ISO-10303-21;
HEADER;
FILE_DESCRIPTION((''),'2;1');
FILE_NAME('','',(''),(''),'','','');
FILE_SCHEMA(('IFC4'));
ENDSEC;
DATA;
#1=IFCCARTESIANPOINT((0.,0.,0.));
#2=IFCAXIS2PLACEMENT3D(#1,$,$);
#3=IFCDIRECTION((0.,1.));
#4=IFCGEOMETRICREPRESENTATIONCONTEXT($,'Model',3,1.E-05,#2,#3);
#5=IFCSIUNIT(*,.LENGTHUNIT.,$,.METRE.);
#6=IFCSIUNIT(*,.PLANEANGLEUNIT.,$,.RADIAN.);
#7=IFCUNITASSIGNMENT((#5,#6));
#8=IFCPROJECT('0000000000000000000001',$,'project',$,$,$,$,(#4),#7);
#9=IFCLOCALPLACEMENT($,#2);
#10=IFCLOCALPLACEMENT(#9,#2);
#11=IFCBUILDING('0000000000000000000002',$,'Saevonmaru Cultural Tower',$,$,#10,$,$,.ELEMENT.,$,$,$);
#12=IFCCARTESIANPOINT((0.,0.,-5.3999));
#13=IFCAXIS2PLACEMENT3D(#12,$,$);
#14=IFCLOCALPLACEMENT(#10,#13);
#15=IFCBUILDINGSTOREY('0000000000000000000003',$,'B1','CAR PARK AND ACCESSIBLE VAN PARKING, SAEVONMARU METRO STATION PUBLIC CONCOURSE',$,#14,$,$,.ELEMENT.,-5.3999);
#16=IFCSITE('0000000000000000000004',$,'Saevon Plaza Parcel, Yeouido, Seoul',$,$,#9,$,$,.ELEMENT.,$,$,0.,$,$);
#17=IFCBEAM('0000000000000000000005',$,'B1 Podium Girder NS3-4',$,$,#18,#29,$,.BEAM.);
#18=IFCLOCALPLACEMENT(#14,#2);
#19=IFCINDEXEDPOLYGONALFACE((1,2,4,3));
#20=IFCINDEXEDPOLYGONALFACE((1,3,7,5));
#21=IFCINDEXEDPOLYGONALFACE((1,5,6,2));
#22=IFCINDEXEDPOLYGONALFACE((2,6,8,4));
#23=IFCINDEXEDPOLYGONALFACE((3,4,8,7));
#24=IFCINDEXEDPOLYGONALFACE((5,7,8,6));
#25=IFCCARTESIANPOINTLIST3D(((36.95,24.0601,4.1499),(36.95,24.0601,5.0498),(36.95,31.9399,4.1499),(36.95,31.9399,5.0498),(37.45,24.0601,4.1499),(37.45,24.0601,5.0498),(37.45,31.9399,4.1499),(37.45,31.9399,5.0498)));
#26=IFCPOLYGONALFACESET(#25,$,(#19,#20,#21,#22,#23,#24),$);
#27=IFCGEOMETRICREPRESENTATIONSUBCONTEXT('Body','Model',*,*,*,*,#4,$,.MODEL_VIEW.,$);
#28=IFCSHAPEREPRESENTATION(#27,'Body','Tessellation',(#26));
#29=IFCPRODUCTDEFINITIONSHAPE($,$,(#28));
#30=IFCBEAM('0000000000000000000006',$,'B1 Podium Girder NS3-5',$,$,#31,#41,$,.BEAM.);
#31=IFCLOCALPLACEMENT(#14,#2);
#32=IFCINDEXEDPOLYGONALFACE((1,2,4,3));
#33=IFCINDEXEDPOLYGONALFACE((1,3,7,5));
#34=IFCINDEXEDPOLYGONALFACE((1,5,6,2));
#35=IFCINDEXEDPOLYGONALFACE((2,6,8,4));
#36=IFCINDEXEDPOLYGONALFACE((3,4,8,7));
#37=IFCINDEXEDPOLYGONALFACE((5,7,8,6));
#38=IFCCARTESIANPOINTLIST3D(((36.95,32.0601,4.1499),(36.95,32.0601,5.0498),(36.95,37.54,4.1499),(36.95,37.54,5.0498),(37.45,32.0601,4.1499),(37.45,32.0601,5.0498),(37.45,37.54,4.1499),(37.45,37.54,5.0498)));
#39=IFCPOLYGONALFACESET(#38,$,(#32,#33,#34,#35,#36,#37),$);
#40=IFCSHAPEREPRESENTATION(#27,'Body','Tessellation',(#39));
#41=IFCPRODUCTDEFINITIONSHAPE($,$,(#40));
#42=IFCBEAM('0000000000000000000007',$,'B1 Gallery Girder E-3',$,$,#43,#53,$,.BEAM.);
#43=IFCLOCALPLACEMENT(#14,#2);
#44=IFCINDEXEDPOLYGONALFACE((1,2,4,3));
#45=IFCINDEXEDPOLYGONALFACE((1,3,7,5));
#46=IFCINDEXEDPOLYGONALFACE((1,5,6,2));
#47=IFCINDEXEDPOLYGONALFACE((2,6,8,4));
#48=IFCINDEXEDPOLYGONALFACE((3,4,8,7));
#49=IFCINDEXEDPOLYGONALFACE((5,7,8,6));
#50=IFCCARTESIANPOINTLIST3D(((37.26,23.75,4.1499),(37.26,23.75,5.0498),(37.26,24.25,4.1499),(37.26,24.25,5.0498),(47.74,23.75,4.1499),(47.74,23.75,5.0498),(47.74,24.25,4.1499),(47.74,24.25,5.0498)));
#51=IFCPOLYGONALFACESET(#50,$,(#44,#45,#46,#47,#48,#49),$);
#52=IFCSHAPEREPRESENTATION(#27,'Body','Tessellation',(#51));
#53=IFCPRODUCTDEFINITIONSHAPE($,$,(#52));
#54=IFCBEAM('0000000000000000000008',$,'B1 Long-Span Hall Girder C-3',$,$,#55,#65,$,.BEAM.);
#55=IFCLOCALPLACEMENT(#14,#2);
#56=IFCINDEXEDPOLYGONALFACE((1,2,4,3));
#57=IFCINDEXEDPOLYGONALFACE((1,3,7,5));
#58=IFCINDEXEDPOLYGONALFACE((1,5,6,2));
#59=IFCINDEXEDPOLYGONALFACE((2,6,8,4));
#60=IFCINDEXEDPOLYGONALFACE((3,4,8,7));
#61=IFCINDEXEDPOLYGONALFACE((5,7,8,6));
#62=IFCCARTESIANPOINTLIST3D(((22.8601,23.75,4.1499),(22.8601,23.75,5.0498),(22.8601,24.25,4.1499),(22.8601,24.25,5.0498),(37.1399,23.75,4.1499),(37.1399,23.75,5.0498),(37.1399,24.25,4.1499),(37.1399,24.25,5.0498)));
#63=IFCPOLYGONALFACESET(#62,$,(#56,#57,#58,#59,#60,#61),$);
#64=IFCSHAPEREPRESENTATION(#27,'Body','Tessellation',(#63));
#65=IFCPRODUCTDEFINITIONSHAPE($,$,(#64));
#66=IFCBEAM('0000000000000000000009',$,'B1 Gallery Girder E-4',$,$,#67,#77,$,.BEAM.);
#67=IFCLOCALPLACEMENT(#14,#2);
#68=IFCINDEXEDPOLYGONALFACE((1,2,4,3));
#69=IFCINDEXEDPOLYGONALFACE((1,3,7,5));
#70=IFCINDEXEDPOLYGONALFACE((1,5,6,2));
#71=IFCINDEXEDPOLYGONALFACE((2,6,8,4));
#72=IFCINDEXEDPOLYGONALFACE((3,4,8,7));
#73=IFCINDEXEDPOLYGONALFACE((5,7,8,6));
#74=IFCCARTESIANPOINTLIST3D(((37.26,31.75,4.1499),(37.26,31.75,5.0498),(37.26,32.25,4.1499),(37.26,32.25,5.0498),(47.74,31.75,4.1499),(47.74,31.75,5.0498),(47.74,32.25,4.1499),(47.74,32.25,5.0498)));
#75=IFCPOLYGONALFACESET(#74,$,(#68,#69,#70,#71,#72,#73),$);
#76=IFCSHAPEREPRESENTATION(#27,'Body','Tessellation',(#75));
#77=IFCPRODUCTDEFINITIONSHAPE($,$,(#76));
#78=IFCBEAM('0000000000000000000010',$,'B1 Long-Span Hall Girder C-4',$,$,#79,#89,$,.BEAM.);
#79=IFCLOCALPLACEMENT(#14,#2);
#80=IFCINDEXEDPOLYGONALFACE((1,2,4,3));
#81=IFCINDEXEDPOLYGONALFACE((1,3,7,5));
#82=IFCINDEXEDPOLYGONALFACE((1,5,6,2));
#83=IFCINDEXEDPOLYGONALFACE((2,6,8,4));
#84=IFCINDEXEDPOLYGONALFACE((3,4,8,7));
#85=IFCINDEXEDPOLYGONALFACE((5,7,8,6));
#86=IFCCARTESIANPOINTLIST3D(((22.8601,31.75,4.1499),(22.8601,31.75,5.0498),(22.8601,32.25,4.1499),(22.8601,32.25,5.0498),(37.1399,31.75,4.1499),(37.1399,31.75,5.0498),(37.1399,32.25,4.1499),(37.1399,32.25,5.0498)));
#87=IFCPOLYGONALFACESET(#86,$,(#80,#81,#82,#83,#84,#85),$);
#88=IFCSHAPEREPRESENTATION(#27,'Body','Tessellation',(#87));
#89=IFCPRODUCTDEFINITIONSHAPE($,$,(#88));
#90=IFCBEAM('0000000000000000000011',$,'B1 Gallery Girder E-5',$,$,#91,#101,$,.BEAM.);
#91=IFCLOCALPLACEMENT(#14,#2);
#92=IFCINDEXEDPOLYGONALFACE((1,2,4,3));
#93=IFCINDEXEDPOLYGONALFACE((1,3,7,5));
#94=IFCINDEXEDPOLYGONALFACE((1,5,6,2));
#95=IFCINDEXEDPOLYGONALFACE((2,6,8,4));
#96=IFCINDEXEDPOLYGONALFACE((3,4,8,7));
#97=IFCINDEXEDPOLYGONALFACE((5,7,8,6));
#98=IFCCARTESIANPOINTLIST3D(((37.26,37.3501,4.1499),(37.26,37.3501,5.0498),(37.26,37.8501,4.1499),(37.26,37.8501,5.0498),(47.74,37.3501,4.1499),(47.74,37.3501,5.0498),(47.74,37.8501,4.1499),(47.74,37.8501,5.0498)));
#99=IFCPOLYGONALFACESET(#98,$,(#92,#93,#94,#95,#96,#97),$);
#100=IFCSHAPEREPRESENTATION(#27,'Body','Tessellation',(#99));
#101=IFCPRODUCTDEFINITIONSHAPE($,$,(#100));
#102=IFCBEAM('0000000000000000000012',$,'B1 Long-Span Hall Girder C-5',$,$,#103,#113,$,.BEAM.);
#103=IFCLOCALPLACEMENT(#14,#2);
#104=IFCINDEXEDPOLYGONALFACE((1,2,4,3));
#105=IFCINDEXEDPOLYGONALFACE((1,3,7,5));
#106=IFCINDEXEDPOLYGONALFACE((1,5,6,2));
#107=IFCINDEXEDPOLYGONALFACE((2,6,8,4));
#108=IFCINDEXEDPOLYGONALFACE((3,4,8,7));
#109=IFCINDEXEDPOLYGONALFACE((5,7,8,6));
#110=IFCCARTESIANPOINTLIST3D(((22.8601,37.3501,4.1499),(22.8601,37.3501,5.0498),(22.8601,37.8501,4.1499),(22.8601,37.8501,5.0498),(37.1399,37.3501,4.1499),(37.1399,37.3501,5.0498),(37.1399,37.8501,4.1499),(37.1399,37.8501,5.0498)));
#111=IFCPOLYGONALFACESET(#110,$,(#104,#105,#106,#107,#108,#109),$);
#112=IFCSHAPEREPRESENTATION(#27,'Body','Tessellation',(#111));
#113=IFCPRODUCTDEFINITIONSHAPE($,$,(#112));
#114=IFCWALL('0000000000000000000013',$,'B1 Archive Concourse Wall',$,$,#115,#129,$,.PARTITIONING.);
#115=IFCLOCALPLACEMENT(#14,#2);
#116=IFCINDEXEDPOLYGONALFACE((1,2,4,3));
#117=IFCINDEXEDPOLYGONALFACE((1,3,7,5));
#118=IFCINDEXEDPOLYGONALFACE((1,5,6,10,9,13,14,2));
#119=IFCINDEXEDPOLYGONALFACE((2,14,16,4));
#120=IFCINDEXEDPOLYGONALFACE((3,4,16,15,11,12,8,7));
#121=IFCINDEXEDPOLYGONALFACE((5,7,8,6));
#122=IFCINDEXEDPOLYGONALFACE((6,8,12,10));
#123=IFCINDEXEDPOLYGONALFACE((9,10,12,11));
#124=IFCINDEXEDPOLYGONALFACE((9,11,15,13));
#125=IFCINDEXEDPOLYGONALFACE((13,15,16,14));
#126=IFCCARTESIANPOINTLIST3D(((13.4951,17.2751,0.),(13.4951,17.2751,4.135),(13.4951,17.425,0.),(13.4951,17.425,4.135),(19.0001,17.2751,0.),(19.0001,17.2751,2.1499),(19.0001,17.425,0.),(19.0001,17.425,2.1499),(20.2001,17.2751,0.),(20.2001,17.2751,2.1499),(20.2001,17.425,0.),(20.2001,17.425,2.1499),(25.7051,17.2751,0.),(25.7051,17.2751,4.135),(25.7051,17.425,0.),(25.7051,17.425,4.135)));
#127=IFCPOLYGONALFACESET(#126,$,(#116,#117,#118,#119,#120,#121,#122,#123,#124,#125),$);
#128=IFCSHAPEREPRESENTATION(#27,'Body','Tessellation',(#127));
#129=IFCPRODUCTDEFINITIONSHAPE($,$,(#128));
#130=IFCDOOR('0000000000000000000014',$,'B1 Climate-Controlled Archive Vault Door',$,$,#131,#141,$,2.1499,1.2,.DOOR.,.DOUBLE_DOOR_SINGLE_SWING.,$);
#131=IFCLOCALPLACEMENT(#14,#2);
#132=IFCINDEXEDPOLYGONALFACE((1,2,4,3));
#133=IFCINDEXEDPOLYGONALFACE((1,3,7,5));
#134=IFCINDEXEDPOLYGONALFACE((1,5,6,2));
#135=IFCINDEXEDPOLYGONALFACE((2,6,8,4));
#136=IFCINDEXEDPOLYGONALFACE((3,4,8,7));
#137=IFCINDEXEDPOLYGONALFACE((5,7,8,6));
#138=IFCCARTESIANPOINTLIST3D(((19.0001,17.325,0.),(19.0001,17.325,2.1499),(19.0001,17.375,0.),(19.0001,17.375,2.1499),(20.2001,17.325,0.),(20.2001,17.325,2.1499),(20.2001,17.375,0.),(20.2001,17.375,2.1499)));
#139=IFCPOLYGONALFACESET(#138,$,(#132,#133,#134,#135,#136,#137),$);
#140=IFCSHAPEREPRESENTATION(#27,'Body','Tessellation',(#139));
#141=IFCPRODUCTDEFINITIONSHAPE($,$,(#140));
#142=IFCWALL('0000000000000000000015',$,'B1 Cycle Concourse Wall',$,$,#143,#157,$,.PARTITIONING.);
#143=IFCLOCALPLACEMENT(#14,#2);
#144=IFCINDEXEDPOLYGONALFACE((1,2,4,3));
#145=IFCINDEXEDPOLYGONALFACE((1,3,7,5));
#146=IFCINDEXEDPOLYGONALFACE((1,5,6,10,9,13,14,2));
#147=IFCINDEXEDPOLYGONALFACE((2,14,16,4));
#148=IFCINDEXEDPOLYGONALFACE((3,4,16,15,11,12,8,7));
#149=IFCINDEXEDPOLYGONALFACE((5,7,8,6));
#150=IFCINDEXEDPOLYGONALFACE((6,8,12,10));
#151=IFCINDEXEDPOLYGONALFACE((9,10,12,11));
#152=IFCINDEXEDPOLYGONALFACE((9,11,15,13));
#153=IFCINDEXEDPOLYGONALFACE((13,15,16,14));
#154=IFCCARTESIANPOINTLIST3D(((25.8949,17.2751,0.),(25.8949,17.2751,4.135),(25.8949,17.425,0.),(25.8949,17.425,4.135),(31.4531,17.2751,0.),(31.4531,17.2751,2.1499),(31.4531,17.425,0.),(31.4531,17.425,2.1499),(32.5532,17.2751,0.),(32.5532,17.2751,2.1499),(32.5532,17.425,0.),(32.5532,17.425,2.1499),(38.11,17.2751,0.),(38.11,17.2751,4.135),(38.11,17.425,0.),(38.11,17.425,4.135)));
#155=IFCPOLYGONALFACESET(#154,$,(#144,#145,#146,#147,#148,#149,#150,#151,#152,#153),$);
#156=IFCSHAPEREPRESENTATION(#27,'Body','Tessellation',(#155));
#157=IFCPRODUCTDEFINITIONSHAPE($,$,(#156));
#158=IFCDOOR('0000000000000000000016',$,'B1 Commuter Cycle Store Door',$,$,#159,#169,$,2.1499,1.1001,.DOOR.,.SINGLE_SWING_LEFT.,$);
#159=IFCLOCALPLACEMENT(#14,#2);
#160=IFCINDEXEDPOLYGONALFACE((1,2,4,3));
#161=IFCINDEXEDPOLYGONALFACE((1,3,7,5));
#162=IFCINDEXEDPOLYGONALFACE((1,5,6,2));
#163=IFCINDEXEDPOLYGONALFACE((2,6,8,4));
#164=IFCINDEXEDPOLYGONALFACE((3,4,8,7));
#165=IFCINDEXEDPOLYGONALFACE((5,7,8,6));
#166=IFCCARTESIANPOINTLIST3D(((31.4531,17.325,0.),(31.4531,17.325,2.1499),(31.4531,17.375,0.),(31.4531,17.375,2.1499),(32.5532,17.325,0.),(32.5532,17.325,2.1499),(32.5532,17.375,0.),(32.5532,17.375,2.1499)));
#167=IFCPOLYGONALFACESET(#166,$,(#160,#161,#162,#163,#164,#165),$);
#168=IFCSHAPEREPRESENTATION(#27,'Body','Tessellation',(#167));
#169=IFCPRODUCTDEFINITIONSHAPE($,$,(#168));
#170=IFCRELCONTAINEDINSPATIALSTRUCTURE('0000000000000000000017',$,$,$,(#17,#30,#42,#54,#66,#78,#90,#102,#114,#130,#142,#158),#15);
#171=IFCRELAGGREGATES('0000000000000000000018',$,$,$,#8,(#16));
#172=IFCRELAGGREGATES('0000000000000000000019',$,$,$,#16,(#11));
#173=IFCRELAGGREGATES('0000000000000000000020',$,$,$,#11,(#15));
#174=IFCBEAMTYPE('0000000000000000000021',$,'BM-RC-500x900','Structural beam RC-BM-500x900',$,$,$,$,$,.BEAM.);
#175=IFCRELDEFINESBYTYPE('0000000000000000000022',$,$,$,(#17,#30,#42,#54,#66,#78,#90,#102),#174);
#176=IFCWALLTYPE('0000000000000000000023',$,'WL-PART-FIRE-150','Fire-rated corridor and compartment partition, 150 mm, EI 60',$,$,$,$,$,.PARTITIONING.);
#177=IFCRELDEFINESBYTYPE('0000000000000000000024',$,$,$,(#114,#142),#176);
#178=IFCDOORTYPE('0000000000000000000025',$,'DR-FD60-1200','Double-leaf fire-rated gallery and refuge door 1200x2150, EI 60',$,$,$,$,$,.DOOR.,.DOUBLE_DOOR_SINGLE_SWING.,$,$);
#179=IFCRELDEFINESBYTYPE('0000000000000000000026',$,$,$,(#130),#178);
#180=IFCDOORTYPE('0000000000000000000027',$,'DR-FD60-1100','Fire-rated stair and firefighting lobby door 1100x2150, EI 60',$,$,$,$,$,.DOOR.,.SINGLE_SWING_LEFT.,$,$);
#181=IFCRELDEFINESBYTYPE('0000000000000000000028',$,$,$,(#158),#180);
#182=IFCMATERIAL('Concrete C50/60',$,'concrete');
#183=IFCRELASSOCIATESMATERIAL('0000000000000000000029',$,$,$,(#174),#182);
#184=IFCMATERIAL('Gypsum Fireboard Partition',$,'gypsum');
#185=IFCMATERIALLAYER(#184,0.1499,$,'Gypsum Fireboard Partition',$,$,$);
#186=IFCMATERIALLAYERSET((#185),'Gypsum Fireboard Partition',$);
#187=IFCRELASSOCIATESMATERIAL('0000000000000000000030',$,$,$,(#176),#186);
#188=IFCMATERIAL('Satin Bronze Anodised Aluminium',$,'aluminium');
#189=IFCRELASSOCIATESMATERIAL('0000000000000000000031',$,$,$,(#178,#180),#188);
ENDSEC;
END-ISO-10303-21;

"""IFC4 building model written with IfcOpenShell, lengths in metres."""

from ifc_helpers import new_model, si_unit, direction, frame, frame_2d, origin, origin_2d, place, context, subcontext, project, spatial, rectangle, extrude, material, layer, layer_set, material_profile, profile_set, type_object, element, fill, save


model = new_model("IFC4")

# Units and contexts
model_context = context("Model", 3, precision=1e-05, world=origin(), true_north=direction((0.0, 1.0)))
body_context = subcontext(model_context, "Body", "Model", "MODEL_VIEW")
ifc_project = project(units=[si_unit("LENGTHUNIT", "METRE"), si_unit("PLANEANGLEUNIT", "RADIAN")], contexts=[model_context])

# Site, building, storey
site_placement = place(None, origin())
site = spatial("IfcSite", under=ifc_project, at=site_placement, Name="Saevon Plaza Parcel, Yeouido, Seoul", CompositionType="ELEMENT", RefElevation=0.0)
building_placement = place(site_placement, origin())
building = spatial("IfcBuilding", under=site, at=building_placement, Name="Saevonmaru Cultural Tower", CompositionType="ELEMENT")
storey_placement = place(building_placement, frame((0.0, 0.0, -5.3999)))
storey = spatial("IfcBuildingStorey", under=building, at=storey_placement, Name="B1", Description="CAR PARK AND ACCESSIBLE VAN PARKING, SAEVONMARU METRO STATION PUBLIC CONCOURSE", CompositionType="ELEMENT", Elevation=-5.3999)

# Beams
ifc_material_1 = material(Name="Concrete C50/60", Category="concrete")
ifc_material_profile_1 = material_profile(ifc_material_1, rectangle(XDim=0.5, YDim=0.8999, at=origin_2d()), Name="RC-BM-500x900")
ifc_profile_set_1 = profile_set([ifc_material_profile_1], Name="Concrete C50/60")
beam_type_1 = type_object("IfcBeamType", Name="BM-RC-500x900", Description="Structural beam RC-BM-500x900", PredefinedType="BEAM", material=ifc_profile_set_1)
beam_1_placement = place(storey_placement, frame((37.2, 24.0601, 4.5999), z_axis=(0.0, 1.0, 0.0), x_axis=(-1.0, 0.0, 0.0)))
element("IfcBeam", 1, at=beam_1_placement, inside=storey, type_object=beam_type_1, Name="B1 Podium Girder NS3-4", PredefinedType="BEAM", context=body_context, shape_type="SweptSolid", body=[
    extrude(rectangle(XDim=0.5, YDim=0.8999, at=origin_2d()), origin(), (0.0, 0.0, 1.0), 7.8799),
])
beam_2_placement = place(storey_placement, frame((37.2, 32.0601, 4.5999), z_axis=(0.0, 1.0, 0.0), x_axis=(-1.0, 0.0, 0.0)))
element("IfcBeam", 2, at=beam_2_placement, inside=storey, type_object=beam_type_1, Name="B1 Podium Girder NS3-5", PredefinedType="BEAM", context=body_context, shape_type="SweptSolid", body=[
    extrude(rectangle(XDim=0.5, YDim=0.8999, at=origin_2d()), origin(), (0.0, 0.0, 1.0), 5.48),
])
beam_3_placement = place(storey_placement, frame((37.26, 24.0, 4.5999), z_axis=(1.0, 0.0, 0.0), x_axis=(0.0, 1.0, 0.0)))
element("IfcBeam", 3, at=beam_3_placement, inside=storey, type_object=beam_type_1, Name="B1 Gallery Girder E-3", PredefinedType="BEAM", context=body_context, shape_type="SweptSolid", body=[
    extrude(rectangle(XDim=0.5, YDim=0.8999, at=origin_2d()), origin(), (0.0, 0.0, 1.0), 10.48),
])
beam_4_placement = place(storey_placement, frame((22.8601, 24.0, 4.5999), z_axis=(1.0, 0.0, 0.0), x_axis=(0.0, 1.0, 0.0)))
element("IfcBeam", 4, at=beam_4_placement, inside=storey, type_object=beam_type_1, Name="B1 Long-Span Hall Girder C-3", PredefinedType="BEAM", context=body_context, shape_type="SweptSolid", body=[
    extrude(rectangle(XDim=0.5, YDim=0.8999, at=origin_2d()), origin(), (0.0, 0.0, 1.0), 14.2798),
])
beam_5_placement = place(storey_placement, frame((37.26, 32.0, 4.5999), z_axis=(1.0, 0.0, 0.0), x_axis=(0.0, 1.0, 0.0)))
element("IfcBeam", 5, at=beam_5_placement, inside=storey, type_object=beam_type_1, Name="B1 Gallery Girder E-4", PredefinedType="BEAM", context=body_context, shape_type="SweptSolid", body=[
    extrude(rectangle(XDim=0.5, YDim=0.8999, at=origin_2d()), origin(), (0.0, 0.0, 1.0), 10.48),
])
beam_6_placement = place(storey_placement, frame((22.8601, 32.0, 4.5999), z_axis=(1.0, 0.0, 0.0), x_axis=(0.0, 1.0, 0.0)))
element("IfcBeam", 6, at=beam_6_placement, inside=storey, type_object=beam_type_1, Name="B1 Long-Span Hall Girder C-4", PredefinedType="BEAM", context=body_context, shape_type="SweptSolid", body=[
    extrude(rectangle(XDim=0.5, YDim=0.8999, at=origin_2d()), origin(), (0.0, 0.0, 1.0), 14.2798),
])
beam_7_placement = place(storey_placement, frame((37.26, 37.6001, 4.5999), z_axis=(1.0, 0.0, 0.0), x_axis=(0.0, 1.0, 0.0)))
element("IfcBeam", 7, at=beam_7_placement, inside=storey, type_object=beam_type_1, Name="B1 Gallery Girder E-5", PredefinedType="BEAM", context=body_context, shape_type="SweptSolid", body=[
    extrude(rectangle(XDim=0.5, YDim=0.8999, at=origin_2d()), origin(), (0.0, 0.0, 1.0), 10.48),
])
beam_8_placement = place(storey_placement, frame((22.8601, 37.6001, 4.5999), z_axis=(1.0, 0.0, 0.0), x_axis=(0.0, 1.0, 0.0)))
element("IfcBeam", 8, at=beam_8_placement, inside=storey, type_object=beam_type_1, Name="B1 Long-Span Hall Girder C-5", PredefinedType="BEAM", context=body_context, shape_type="SweptSolid", body=[
    extrude(rectangle(XDim=0.5, YDim=0.8999, at=origin_2d()), origin(), (0.0, 0.0, 1.0), 14.2798),
])

# Walls, openings, doors
ifc_material_2 = material(Name="Gypsum Fireboard Partition", Category="gypsum")
ifc_layer_1 = layer(ifc_material_2, 0.1499, Name="Gypsum Fireboard Partition")
ifc_layer_set_1 = layer_set([ifc_layer_1], Name="Gypsum Fireboard Partition")
wall_type_1 = type_object("IfcWallType", Name="WL-PART-FIRE-150", Description="Fire-rated corridor and compartment partition, 150 mm, EI 60", PredefinedType="PARTITIONING", material=ifc_layer_set_1)
wall_1_placement = place(storey_placement, frame((13.4951, 17.3501, 0.0), z_axis=(0.0, 0.0, 1.0), x_axis=(1.0, 0.0, 0.0)))
wall_1 = element("IfcWall", 9, at=wall_1_placement, inside=storey, type_object=wall_type_1, Name="B1 Archive Concourse Wall", PredefinedType="PARTITIONING", context=body_context, shape_type="SweptSolid", body=[
    extrude(rectangle(XDim=12.21, YDim=0.1499, at=frame_2d((6.105, 0.0))), origin(), (0.0, 0.0, 1.0), 4.135),
])
opening_1_placement = place(wall_1_placement, frame((5.5049, 0.0, 0.0)))
opening_1 = element("IfcOpeningElement", 10, at=opening_1_placement, cuts=wall_1, PredefinedType="OPENING", context=body_context, shape_type="SweptSolid", body=[
    extrude(rectangle(XDim=1.2, YDim=2.1499, at=frame_2d((0.6001, 1.075))), frame((0.0, 0.085, 0.0), z_axis=(0.0, -1.0, 0.0), x_axis=(1.0, 0.0, 0.0)), (0.0, 0.0, 1.0), 0.1699),
])
ifc_material_3 = material(Name="Satin Bronze Anodised Aluminium", Category="aluminium")
door_type_1 = type_object("IfcDoorType", Name="DR-FD60-1200", Description="Double-leaf fire-rated gallery and refuge door 1200x2150, EI 60", OperationType="DOUBLE_DOOR_SINGLE_SWING", PredefinedType="DOOR", material=ifc_material_3)
door_1_placement = place(opening_1_placement, origin())
door_1 = element("IfcDoor", 11, at=door_1_placement, inside=storey, type_object=door_type_1, Name="B1 Climate-Controlled Archive Vault Door", OperationType="DOUBLE_DOOR_SINGLE_SWING", OverallHeight=2.1499, OverallWidth=1.2, PredefinedType="DOOR", context=body_context, shape_type="SweptSolid", body=[
    extrude(rectangle(XDim=1.2, YDim=2.1499, at=frame_2d((0.6001, 1.075))), frame((0.0, 0.0249, 0.0), z_axis=(0.0, -1.0, 0.0), x_axis=(1.0, 0.0, 0.0)), (0.0, 0.0, 1.0), 0.05),
])
fill(opening_1, door_1)
wall_2_placement = place(storey_placement, frame((25.895, 17.3501, 0.0), z_axis=(0.0, 0.0, 1.0), x_axis=(1.0, 0.0, 0.0)))
wall_2 = element("IfcWall", 12, at=wall_2_placement, inside=storey, type_object=wall_type_1, Name="B1 Cycle Concourse Wall", PredefinedType="PARTITIONING", context=body_context, shape_type="SweptSolid", body=[
    extrude(rectangle(XDim=12.2151, YDim=0.1499, at=frame_2d((6.1074, 0.0))), origin(), (0.0, 0.0, 1.0), 4.135),
])
opening_2_placement = place(wall_2_placement, frame((5.5581, 0.0, 0.0)))
opening_2 = element("IfcOpeningElement", 13, at=opening_2_placement, cuts=wall_2, PredefinedType="OPENING", context=body_context, shape_type="SweptSolid", body=[
    extrude(rectangle(XDim=1.1001, YDim=2.1499, at=frame_2d((0.55, 1.075))), frame((0.0, 0.085, 0.0), z_axis=(0.0, -1.0, 0.0), x_axis=(1.0, 0.0, 0.0)), (0.0, 0.0, 1.0), 0.1699),
])
door_type_2 = type_object("IfcDoorType", Name="DR-FD60-1100", Description="Fire-rated stair and firefighting lobby door 1100x2150, EI 60", OperationType="SINGLE_SWING_LEFT", PredefinedType="DOOR", material=ifc_material_3)
door_2_placement = place(opening_2_placement, origin())
door_2 = element("IfcDoor", 14, at=door_2_placement, inside=storey, type_object=door_type_2, Name="B1 Commuter Cycle Store Door", OperationType="SINGLE_SWING_LEFT", OverallHeight=2.1499, OverallWidth=1.1001, PredefinedType="DOOR", context=body_context, shape_type="SweptSolid", body=[
    extrude(rectangle(XDim=1.1001, YDim=2.1499, at=frame_2d((0.55, 1.075))), frame((0.0, 0.0249, 0.0), z_axis=(0.0, -1.0, 0.0), x_axis=(1.0, 0.0, 0.0)), (0.0, 0.0, 1.0), 0.05),
])
fill(opening_2, door_2)

save(model, "model.ifc")
